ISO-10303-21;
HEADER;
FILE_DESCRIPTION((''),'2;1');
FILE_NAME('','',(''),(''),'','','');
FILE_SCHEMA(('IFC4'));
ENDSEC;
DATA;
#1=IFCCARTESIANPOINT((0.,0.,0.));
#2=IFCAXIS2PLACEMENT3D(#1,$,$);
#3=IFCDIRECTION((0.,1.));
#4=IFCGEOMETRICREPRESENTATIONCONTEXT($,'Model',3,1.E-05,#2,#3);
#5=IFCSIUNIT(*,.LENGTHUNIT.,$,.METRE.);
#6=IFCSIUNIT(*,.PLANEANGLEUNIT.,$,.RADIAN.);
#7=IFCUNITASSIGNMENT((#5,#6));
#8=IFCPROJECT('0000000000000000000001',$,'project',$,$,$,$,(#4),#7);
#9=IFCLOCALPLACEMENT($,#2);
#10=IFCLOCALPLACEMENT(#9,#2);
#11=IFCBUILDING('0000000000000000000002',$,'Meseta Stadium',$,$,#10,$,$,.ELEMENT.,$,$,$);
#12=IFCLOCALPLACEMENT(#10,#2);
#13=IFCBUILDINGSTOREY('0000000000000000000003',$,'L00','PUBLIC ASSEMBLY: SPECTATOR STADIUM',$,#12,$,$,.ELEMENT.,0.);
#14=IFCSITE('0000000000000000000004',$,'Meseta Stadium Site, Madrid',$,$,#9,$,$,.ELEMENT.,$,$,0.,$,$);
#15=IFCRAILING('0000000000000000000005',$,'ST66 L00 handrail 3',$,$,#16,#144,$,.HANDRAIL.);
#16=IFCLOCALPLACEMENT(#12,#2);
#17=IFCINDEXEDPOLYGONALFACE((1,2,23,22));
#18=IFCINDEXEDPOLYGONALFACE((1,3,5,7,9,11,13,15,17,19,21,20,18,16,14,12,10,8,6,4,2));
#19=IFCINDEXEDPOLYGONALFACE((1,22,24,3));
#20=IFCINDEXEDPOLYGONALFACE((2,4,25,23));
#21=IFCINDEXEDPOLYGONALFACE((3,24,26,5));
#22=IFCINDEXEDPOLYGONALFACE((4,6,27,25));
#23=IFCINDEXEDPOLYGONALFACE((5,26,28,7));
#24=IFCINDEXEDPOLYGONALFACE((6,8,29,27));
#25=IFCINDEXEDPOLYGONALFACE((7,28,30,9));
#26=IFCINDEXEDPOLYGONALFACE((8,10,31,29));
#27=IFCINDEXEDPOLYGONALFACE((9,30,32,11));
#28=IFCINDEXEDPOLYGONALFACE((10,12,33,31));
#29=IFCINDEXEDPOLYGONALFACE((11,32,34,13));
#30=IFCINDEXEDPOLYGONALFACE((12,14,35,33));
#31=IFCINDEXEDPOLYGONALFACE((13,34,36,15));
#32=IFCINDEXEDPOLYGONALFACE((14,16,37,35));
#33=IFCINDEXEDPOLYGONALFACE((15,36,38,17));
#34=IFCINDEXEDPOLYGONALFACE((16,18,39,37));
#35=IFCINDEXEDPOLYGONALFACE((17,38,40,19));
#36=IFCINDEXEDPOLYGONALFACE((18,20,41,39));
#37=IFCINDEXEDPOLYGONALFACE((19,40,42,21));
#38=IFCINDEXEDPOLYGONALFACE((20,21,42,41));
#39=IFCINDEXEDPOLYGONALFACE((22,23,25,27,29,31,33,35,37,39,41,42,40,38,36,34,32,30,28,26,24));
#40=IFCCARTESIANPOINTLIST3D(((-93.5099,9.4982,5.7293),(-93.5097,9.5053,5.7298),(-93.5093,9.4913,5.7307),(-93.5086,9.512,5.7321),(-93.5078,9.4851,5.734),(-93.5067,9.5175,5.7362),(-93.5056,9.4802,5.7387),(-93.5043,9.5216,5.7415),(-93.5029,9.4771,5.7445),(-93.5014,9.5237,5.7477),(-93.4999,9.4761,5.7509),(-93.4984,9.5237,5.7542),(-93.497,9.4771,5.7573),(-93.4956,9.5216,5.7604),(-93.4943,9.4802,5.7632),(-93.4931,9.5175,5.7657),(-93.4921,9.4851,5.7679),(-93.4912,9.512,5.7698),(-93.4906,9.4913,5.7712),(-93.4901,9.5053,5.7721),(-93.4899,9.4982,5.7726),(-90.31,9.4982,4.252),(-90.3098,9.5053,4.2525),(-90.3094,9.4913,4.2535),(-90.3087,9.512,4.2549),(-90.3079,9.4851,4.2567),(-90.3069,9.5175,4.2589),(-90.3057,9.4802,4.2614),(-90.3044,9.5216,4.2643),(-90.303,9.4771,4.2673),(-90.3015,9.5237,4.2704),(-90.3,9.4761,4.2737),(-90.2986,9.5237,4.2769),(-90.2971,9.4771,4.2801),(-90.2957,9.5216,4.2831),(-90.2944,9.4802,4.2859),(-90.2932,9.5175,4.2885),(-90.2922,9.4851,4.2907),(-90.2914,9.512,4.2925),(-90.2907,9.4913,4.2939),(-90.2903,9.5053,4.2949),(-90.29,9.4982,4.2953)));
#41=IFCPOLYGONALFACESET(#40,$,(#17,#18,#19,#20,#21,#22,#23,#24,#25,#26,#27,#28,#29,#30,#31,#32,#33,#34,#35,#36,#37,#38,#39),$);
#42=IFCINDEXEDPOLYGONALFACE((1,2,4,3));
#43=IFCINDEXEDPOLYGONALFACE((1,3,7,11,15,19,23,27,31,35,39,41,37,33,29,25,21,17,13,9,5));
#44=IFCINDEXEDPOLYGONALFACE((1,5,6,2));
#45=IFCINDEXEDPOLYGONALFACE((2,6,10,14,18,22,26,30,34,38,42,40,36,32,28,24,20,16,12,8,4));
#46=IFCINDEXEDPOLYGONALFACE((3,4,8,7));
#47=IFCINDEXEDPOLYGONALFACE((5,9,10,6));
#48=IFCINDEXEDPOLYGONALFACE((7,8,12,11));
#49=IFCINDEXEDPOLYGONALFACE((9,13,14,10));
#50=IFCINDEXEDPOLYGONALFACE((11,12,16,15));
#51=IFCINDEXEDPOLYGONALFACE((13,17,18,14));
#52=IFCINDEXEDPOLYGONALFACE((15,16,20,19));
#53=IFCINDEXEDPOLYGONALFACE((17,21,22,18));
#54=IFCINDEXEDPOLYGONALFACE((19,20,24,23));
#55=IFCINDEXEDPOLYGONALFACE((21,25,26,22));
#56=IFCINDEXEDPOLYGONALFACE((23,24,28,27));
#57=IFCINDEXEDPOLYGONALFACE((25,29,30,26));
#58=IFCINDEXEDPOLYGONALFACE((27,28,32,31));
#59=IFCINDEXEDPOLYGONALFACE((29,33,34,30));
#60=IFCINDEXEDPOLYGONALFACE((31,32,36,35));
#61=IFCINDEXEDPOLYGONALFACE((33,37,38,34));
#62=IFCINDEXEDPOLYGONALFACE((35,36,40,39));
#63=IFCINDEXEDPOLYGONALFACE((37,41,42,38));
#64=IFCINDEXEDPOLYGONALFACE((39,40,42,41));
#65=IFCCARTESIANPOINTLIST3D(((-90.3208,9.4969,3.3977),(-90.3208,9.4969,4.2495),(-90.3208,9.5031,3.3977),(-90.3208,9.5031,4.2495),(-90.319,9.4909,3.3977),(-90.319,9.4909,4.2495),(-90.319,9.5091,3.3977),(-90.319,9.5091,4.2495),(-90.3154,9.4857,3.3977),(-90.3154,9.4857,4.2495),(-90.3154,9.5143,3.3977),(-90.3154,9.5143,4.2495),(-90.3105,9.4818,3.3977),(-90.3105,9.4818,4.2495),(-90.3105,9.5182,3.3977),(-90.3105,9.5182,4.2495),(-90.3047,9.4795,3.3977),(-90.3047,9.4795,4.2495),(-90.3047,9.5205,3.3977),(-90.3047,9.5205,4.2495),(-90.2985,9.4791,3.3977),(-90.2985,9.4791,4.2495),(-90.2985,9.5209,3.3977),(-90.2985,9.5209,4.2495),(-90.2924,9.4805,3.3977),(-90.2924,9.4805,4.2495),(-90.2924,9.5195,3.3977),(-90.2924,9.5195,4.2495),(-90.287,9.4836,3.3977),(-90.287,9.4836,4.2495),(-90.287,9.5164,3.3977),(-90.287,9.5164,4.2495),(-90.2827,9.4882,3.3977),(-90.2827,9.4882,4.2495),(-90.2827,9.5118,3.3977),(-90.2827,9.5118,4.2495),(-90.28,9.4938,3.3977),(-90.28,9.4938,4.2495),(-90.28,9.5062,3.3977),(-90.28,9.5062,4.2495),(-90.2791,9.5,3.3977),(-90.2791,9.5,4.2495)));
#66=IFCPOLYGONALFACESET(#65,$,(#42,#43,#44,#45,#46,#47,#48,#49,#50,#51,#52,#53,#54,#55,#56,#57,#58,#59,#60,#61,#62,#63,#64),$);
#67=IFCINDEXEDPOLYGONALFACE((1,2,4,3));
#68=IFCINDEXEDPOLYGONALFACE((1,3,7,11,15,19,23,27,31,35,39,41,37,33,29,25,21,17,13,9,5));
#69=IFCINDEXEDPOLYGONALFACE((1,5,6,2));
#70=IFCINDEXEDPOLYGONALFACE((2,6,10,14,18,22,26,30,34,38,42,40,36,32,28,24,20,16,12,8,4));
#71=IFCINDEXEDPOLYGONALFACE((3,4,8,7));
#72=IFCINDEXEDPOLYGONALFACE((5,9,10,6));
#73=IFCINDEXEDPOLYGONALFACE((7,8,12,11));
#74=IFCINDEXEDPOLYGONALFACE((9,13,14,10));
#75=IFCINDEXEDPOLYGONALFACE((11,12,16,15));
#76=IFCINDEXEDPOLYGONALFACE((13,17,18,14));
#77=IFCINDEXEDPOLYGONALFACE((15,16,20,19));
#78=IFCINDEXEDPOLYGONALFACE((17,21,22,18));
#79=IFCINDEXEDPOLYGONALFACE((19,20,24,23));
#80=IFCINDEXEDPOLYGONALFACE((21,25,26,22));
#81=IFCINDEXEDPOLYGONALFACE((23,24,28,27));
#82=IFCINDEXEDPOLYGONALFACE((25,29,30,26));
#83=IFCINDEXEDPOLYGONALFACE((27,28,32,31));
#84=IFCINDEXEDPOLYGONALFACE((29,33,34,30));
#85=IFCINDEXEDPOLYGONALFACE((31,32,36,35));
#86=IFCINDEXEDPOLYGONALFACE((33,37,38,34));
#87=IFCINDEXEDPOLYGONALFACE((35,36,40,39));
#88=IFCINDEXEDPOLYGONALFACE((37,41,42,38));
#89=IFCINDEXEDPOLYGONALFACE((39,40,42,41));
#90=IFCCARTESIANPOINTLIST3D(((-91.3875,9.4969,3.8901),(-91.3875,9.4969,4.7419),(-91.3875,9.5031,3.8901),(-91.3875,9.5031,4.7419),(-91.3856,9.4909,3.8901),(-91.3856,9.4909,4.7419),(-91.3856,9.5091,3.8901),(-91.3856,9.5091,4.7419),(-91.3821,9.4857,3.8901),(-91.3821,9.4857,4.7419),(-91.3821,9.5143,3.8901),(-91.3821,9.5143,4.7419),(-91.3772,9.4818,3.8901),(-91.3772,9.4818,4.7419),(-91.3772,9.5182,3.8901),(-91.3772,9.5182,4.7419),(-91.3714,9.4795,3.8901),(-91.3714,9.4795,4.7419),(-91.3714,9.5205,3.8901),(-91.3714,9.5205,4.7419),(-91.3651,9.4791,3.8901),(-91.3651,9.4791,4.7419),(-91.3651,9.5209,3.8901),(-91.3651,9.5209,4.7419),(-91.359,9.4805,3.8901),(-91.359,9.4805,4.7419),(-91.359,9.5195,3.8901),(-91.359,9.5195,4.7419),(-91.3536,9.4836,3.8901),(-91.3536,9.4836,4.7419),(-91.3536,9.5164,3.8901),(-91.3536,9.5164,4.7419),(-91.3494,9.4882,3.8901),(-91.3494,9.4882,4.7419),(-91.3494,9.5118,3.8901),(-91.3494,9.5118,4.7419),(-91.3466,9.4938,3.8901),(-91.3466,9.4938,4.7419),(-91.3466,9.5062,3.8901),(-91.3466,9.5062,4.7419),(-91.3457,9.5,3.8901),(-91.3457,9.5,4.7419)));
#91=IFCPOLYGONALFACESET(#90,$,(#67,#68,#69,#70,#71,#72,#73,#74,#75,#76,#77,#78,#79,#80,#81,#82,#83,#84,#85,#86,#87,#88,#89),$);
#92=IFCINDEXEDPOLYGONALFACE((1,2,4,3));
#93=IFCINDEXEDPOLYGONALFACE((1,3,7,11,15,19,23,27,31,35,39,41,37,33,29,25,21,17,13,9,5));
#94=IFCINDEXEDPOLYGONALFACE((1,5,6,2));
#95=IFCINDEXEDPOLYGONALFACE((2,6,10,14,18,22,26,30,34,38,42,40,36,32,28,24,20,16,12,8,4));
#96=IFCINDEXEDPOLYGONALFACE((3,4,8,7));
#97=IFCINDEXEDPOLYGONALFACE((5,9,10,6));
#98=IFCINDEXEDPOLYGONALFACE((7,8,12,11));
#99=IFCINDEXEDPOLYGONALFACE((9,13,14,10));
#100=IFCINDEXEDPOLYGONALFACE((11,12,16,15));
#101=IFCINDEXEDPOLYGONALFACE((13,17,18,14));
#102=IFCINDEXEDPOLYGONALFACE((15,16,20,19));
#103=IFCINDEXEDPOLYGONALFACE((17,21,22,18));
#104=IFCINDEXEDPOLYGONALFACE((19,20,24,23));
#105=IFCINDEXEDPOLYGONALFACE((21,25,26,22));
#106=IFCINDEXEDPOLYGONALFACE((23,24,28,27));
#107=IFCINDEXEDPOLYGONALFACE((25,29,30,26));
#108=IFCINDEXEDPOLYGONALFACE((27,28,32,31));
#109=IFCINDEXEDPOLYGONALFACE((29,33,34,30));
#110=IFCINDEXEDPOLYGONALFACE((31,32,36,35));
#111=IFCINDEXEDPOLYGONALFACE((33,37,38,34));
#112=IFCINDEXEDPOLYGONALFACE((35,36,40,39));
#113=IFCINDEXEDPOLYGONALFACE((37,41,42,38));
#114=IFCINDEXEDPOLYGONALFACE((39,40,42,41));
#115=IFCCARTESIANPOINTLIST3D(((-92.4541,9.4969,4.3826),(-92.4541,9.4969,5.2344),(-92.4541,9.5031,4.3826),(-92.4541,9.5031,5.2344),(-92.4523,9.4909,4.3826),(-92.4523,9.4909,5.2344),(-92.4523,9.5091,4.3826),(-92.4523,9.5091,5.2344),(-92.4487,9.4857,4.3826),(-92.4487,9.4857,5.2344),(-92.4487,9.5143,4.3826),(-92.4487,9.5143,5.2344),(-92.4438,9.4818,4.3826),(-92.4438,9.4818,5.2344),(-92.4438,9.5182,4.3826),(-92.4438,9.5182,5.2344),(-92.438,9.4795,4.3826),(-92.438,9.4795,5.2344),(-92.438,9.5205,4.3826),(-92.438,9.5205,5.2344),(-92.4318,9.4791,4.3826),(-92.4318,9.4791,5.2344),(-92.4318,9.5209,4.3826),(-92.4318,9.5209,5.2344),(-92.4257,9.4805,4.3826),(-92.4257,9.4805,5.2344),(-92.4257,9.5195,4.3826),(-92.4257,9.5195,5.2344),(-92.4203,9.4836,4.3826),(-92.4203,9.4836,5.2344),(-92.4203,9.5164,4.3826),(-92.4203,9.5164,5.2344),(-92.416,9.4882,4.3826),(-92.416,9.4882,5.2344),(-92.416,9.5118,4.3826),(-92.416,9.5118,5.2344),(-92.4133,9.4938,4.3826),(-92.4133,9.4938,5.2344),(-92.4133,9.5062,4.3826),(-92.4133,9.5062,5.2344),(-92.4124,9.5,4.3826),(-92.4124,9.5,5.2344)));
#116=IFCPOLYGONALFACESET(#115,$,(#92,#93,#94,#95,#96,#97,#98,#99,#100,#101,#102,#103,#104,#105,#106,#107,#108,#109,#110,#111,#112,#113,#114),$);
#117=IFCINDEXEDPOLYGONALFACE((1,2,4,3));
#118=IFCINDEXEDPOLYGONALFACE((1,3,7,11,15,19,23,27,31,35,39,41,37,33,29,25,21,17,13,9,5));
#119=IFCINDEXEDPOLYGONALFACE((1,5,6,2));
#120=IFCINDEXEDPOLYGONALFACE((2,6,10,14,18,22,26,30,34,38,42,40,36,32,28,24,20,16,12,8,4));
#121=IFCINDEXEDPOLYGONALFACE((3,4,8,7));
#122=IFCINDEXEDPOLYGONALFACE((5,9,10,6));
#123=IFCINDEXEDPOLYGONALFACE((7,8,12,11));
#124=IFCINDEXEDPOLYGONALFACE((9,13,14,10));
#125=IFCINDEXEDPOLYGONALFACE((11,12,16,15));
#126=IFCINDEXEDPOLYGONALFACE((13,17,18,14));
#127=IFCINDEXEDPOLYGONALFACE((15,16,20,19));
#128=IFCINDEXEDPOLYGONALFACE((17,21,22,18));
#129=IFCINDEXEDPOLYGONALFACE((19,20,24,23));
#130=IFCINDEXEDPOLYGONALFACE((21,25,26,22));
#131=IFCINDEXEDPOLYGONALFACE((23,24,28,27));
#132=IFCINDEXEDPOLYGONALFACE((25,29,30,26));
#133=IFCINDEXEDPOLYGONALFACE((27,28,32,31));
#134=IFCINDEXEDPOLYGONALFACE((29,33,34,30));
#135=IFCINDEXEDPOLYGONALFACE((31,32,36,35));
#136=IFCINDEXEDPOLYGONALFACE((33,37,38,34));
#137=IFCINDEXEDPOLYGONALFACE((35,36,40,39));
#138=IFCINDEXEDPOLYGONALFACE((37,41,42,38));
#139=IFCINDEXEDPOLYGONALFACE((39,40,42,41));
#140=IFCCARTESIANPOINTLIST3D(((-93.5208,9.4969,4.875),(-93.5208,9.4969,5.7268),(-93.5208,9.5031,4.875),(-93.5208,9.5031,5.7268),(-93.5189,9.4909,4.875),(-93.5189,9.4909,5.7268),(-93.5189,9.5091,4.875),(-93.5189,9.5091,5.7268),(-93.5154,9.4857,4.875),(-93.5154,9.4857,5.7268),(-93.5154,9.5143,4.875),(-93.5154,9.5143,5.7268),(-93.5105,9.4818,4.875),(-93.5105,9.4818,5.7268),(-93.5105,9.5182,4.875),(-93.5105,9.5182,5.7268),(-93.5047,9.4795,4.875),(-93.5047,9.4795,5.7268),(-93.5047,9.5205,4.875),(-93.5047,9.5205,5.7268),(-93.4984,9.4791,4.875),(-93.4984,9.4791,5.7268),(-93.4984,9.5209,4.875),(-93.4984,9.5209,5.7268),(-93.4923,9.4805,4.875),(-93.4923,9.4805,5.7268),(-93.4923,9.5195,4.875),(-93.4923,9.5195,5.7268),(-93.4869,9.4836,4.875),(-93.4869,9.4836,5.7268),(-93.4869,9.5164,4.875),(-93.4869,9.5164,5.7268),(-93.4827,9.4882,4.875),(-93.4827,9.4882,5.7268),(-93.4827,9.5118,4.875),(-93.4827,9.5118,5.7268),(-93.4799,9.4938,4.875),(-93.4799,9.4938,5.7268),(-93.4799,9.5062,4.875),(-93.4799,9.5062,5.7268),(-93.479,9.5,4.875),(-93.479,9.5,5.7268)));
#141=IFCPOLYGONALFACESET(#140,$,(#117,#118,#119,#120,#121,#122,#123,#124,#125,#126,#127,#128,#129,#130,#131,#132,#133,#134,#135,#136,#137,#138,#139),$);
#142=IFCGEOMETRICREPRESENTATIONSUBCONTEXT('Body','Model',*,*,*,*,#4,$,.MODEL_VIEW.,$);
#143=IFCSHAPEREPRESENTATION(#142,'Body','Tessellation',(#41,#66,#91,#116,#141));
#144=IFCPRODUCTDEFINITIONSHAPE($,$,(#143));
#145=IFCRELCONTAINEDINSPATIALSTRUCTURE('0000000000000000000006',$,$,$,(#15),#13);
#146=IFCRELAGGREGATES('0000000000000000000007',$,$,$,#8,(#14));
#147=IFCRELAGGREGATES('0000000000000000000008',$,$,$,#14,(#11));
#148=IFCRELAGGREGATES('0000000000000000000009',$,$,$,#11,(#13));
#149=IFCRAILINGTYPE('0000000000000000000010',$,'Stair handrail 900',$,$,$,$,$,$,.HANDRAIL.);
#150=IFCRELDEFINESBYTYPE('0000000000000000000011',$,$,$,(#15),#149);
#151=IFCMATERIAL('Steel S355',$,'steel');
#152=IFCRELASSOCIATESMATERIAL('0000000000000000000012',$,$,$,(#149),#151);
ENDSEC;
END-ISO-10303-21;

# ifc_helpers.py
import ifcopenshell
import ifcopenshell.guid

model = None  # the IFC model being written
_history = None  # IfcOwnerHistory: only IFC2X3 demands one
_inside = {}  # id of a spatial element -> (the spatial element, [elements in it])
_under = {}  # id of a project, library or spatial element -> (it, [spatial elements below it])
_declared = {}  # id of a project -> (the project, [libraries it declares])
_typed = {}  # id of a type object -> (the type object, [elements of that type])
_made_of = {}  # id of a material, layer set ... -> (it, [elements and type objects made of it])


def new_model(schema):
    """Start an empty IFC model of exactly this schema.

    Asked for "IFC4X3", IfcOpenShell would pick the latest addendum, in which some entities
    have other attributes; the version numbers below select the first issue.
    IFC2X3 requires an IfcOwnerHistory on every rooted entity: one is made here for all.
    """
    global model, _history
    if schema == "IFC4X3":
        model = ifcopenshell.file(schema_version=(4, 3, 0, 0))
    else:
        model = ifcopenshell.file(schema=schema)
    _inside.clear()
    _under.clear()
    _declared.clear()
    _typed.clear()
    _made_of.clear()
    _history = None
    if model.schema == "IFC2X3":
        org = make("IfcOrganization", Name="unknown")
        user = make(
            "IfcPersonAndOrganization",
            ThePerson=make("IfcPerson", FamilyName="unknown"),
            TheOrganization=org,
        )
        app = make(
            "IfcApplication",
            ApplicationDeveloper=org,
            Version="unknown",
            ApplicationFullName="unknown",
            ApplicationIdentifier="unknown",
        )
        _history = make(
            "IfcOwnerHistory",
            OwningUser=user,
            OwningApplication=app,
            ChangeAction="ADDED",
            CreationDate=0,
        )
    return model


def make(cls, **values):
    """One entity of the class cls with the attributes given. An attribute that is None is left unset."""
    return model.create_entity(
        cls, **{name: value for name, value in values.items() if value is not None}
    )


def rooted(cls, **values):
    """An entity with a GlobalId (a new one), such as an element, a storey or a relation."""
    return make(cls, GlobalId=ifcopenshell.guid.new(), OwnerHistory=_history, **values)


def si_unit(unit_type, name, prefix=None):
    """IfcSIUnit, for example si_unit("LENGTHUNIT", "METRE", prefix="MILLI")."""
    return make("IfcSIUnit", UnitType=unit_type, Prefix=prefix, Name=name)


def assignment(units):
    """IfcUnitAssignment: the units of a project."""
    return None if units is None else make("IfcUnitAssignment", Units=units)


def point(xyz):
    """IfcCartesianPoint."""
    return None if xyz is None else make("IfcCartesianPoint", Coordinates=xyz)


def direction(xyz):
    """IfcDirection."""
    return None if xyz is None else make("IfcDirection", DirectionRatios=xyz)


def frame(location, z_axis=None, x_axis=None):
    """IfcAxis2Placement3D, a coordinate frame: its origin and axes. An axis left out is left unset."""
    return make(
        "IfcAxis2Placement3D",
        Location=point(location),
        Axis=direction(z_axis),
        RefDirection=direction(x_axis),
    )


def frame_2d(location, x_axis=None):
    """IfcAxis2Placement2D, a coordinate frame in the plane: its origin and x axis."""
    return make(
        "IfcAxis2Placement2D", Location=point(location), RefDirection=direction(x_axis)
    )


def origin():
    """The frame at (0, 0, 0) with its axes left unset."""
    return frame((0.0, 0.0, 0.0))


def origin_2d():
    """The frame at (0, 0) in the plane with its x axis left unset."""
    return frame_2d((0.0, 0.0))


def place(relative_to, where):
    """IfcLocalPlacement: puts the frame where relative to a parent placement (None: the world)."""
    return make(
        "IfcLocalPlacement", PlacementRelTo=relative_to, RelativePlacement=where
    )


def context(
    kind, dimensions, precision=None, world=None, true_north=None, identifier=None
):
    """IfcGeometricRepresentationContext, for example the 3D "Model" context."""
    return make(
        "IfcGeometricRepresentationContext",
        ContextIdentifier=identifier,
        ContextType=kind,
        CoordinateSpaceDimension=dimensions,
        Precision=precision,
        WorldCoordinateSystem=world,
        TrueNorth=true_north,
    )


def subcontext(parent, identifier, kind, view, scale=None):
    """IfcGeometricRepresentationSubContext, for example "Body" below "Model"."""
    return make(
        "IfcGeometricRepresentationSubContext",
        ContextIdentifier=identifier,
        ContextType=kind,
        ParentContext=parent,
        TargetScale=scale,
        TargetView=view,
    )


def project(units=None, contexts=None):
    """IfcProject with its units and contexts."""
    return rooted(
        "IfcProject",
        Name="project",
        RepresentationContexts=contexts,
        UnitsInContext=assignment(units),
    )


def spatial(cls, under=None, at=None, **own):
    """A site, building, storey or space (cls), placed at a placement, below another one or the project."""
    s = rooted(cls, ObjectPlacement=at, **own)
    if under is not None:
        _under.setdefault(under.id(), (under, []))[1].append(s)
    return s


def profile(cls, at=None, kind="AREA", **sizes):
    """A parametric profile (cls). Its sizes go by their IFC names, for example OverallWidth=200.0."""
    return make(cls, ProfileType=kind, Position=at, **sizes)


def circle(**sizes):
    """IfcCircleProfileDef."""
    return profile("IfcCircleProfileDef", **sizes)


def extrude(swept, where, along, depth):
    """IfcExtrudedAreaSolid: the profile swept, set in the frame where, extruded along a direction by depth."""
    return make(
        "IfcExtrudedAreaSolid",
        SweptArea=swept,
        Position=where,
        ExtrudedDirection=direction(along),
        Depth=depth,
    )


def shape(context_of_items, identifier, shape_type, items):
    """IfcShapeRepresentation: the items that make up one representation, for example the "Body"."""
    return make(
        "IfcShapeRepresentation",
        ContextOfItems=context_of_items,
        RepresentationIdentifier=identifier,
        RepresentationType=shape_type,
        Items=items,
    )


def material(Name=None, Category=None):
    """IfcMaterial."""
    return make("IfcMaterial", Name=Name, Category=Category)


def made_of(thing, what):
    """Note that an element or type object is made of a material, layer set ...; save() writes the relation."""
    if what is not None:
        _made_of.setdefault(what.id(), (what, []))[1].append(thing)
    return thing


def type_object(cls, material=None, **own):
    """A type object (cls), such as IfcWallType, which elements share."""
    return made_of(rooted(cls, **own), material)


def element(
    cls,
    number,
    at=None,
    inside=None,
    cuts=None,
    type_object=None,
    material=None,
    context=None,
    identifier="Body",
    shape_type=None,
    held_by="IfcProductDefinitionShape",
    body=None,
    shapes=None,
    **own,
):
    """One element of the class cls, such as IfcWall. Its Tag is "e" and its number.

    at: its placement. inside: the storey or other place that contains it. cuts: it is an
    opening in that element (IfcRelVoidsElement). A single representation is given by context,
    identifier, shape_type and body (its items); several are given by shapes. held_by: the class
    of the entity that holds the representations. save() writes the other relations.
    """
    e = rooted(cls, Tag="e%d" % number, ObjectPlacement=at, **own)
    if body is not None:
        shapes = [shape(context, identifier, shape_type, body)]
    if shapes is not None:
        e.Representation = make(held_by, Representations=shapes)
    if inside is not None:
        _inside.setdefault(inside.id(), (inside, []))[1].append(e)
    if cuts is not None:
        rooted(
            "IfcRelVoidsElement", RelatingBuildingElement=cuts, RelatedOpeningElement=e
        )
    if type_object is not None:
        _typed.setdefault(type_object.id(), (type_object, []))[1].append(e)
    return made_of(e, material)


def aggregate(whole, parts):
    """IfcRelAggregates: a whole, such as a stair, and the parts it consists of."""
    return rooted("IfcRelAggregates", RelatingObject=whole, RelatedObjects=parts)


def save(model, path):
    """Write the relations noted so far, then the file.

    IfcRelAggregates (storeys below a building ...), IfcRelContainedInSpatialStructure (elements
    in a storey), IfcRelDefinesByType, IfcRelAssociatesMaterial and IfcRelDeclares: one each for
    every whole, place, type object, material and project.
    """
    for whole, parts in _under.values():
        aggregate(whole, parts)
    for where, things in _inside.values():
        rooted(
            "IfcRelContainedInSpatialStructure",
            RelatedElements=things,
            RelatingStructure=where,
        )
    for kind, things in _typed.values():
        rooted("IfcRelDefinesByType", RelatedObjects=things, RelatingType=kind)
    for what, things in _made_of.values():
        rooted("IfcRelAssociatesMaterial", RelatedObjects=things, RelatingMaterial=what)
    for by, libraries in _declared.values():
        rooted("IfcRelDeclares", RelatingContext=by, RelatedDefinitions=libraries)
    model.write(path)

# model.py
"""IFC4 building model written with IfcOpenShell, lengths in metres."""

from ifc_helpers import new_model, si_unit, direction, frame, origin, origin_2d, place, context, subcontext, project, spatial, circle, extrude, material, type_object, element, save


model = new_model("IFC4")

# Units and contexts
model_context = context("Model", 3, precision=1e-05, world=origin(), true_north=direction((0.0, 1.0)))
body_context = subcontext(model_context, "Body", "Model", "MODEL_VIEW")
ifc_project = project(units=[si_unit("LENGTHUNIT", "METRE"), si_unit("PLANEANGLEUNIT", "RADIAN")], contexts=[model_context])

# Site, building, storey
site_placement = place(None, origin())
site = spatial("IfcSite", under=ifc_project, at=site_placement, Name="Meseta Stadium Site, Madrid", CompositionType="ELEMENT", RefElevation=0.0)
building_placement = place(site_placement, origin())
building = spatial("IfcBuilding", under=site, at=building_placement, Name="Meseta Stadium", CompositionType="ELEMENT")
storey_placement = place(building_placement, origin())
storey = spatial("IfcBuildingStorey", under=building, at=storey_placement, Name="L00", Description="PUBLIC ASSEMBLY: SPECTATOR STADIUM", CompositionType="ELEMENT", Elevation=0.0)

# Railing
ifc_material_1 = material(Name="Steel S355", Category="steel")
railing_type_1 = type_object("IfcRailingType", Name="Stair handrail 900", PredefinedType="HANDRAIL", material=ifc_material_1)
for number, where, name in (
    (1, (-90.3, 9.5, 3.3977), "ST66 L00 handrail 3"),
):
    element("IfcRailing", number, at=place(storey_placement, frame(where)), inside=storey, type_object=railing_type_1, Name=name, PredefinedType="HANDRAIL", context=body_context, shape_type="SweptSolid", body=[
        extrude(circle(Radius=0.0239, at=origin_2d()), frame((0.0, 0.0, 0.876), z_axis=(-0.907917, 0.0, 0.41915), x_axis=(0.0, -1.0, 0.0)), (0.0, 0.0, 1.0), 3.5244),
        extrude(circle(Radius=0.021, at=origin_2d()), origin(), (0.0, 0.0, 1.0), 0.8518),
        extrude(circle(Radius=0.021, at=origin_2d()), frame((-1.0667, 0.0, 0.4924)), (0.0, 0.0, 1.0), 0.8518),
        extrude(circle(Radius=0.021, at=origin_2d()), frame((-2.1333, 0.0, 0.9849)), (0.0, 0.0, 1.0), 0.8518),
        extrude(circle(Radius=0.021, at=origin_2d()), frame((-3.2, 0.0, 1.4773)), (0.0, 0.0, 1.0), 0.8518),
    ])

save(model, "model.ifc")
